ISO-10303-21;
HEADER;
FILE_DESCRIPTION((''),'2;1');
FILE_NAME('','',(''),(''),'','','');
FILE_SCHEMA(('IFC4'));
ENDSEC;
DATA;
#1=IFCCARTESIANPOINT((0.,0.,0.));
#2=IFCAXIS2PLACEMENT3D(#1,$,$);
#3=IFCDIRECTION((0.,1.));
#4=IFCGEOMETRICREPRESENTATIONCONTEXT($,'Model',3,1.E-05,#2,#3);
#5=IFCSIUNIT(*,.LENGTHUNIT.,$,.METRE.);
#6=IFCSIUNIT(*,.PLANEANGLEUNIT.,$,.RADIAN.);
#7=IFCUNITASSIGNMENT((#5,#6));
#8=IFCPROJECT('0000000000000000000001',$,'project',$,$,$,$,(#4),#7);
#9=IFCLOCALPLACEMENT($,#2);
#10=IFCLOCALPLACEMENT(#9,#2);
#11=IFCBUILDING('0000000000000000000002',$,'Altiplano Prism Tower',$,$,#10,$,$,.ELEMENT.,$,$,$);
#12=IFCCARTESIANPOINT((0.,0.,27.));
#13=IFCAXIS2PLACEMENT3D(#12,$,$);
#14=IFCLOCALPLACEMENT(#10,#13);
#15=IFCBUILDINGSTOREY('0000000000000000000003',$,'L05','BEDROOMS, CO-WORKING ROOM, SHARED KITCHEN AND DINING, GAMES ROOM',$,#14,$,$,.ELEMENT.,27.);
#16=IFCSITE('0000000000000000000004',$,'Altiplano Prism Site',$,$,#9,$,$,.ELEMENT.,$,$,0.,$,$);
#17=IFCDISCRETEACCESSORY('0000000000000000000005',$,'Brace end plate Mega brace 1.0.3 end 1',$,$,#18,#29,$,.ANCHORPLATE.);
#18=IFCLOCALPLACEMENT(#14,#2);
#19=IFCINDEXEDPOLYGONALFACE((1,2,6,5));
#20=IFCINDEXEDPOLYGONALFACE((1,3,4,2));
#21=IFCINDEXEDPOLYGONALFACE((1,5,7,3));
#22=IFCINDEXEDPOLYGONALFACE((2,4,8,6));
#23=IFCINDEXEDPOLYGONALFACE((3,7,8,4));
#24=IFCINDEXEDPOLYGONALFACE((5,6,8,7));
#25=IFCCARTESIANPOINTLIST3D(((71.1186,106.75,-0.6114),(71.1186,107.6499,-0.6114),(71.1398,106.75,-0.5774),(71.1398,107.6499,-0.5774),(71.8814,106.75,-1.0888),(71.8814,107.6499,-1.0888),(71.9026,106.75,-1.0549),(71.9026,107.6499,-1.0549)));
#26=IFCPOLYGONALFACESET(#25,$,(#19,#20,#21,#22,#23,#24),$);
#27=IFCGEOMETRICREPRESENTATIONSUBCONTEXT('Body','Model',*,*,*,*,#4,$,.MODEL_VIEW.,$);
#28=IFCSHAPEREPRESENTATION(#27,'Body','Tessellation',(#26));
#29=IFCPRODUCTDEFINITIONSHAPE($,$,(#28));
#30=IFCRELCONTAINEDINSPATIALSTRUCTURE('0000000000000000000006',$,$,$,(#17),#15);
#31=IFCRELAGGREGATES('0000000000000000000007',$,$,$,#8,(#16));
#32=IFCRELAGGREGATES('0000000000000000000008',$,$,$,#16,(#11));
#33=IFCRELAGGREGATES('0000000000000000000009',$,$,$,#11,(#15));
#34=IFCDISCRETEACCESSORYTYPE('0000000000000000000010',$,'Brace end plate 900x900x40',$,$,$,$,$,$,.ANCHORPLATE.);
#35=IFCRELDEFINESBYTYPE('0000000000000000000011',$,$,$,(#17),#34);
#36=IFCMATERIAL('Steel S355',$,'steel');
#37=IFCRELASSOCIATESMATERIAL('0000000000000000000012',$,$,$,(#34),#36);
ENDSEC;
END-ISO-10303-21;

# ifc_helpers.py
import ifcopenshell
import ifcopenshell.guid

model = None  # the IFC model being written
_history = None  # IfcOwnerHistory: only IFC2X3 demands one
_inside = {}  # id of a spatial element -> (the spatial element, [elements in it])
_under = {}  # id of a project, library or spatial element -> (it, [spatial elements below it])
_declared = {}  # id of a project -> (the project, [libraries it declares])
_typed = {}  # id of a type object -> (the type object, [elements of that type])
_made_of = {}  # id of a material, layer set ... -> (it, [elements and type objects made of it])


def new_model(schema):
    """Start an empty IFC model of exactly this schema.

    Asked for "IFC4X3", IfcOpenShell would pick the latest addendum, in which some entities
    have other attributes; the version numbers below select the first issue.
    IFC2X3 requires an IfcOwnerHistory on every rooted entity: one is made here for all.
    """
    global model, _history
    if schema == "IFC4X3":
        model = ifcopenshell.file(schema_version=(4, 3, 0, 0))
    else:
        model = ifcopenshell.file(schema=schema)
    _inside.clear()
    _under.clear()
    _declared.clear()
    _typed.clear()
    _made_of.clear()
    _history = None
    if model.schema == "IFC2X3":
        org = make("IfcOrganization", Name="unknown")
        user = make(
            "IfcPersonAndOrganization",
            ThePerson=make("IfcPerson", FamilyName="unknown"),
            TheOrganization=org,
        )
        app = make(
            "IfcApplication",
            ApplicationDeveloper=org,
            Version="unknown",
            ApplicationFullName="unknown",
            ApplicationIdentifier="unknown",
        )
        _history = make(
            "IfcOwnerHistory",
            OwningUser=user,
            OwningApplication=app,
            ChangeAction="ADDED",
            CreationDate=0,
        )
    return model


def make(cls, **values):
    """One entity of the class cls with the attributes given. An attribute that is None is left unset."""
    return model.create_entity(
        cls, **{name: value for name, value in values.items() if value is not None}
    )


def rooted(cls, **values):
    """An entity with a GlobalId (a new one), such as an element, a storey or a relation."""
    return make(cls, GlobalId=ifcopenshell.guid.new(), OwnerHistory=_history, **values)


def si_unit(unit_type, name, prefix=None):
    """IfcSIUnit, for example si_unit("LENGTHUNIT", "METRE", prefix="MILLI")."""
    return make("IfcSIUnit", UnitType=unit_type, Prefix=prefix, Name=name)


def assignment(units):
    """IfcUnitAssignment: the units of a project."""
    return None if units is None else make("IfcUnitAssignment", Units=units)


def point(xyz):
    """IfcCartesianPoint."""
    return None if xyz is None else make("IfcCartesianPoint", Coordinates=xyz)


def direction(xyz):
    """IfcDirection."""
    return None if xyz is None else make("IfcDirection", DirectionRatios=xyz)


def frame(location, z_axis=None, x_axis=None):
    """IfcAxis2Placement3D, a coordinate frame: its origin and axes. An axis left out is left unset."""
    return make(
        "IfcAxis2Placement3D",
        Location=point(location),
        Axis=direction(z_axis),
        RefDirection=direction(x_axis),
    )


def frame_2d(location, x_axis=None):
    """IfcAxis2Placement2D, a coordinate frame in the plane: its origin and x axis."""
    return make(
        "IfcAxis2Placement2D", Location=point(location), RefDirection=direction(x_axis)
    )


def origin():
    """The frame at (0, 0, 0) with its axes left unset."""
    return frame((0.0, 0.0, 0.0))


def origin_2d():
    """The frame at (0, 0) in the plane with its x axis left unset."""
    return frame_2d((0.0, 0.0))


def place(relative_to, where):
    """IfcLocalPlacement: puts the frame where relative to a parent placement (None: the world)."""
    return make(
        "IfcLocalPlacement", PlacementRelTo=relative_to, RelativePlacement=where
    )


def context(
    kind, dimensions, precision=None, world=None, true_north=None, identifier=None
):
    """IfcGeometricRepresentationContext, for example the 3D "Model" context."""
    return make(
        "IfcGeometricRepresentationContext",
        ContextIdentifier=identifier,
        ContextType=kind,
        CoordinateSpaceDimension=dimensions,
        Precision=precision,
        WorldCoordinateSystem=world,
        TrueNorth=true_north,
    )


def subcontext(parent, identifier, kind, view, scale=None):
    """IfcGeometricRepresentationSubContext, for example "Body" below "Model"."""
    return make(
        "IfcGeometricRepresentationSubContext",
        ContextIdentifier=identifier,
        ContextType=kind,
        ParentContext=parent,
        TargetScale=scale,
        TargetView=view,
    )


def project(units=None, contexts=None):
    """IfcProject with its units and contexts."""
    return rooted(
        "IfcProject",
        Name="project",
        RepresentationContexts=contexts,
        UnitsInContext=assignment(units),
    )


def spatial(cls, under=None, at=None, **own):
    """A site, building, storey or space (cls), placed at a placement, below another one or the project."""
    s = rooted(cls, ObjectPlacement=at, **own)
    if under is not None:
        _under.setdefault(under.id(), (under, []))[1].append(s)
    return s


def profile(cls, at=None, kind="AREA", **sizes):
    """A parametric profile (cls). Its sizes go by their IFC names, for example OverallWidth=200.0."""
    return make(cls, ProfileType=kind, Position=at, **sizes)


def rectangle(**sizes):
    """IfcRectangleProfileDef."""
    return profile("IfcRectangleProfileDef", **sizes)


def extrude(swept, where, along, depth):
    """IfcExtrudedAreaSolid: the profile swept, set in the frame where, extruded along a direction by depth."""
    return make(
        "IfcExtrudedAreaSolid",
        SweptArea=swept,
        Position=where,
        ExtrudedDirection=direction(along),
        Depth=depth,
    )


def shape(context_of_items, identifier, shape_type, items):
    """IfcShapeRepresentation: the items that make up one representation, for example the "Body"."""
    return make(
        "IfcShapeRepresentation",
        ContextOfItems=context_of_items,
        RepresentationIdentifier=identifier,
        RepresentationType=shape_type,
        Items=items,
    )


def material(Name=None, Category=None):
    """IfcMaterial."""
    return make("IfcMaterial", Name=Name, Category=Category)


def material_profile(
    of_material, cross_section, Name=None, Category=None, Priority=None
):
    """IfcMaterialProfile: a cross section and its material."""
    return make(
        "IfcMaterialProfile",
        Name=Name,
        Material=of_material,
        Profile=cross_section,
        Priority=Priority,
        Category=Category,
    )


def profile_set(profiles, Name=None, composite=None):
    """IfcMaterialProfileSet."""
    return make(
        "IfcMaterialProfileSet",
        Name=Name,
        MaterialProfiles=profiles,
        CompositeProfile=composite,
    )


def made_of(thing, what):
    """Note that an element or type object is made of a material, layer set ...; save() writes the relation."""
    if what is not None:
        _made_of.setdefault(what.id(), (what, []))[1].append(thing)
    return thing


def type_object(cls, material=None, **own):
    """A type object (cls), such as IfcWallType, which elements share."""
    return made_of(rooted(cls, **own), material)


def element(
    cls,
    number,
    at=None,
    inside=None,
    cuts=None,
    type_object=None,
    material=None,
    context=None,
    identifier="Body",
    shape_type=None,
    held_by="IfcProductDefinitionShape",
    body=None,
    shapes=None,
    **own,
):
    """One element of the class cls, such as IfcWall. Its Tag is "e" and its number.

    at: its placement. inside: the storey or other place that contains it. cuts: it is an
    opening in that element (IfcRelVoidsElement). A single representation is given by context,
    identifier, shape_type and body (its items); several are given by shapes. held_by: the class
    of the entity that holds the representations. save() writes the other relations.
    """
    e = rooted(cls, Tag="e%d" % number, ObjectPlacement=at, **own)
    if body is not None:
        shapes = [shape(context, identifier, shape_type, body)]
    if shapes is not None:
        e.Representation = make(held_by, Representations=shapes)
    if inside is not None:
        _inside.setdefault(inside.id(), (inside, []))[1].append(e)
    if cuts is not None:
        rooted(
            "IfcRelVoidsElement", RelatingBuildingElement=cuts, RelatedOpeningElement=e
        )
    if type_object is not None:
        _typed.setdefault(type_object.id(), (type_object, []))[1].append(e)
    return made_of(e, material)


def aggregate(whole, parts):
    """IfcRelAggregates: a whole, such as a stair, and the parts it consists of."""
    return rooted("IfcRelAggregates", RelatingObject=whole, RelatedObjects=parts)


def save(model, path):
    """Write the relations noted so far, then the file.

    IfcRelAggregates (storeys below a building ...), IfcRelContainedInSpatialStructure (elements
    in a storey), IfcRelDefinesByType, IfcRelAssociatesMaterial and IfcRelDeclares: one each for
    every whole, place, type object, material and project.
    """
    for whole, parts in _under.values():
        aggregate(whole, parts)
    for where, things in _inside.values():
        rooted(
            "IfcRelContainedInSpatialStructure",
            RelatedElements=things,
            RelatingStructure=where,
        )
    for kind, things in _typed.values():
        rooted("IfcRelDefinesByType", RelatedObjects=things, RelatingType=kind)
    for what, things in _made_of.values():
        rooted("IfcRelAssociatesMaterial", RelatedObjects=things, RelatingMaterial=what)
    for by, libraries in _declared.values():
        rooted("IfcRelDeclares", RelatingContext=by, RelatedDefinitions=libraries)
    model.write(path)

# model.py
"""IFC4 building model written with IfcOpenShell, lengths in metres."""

from ifc_helpers import new_model, si_unit, direction, frame, origin, origin_2d, place, context, subcontext, project, spatial, rectangle, extrude, material, material_profile, profile_set, type_object, element, save


model = new_model("IFC4")

# Units and contexts
model_context = context("Model", 3, precision=1e-05, world=origin(), true_north=direction((0.0, 1.0)))
body_context = subcontext(model_context, "Body", "Model", "MODEL_VIEW")
ifc_project = project(units=[si_unit("LENGTHUNIT", "METRE"), si_unit("PLANEANGLEUNIT", "RADIAN")], contexts=[model_context])

# Site, building, storey
site_placement = place(None, origin())
site = spatial("IfcSite", under=ifc_project, at=site_placement, Name="Altiplano Prism Site", CompositionType="ELEMENT", RefElevation=0.0)
building_placement = place(site_placement, origin())
building = spatial("IfcBuilding", under=site, at=building_placement, Name="Altiplano Prism Tower", CompositionType="ELEMENT")
storey_placement = place(building_placement, frame((0.0, 0.0, 27.0)))
storey = spatial("IfcBuildingStorey", under=building, at=storey_placement, Name="L05", Description="BEDROOMS, CO-WORKING ROOM, SHARED KITCHEN AND DINING, GAMES ROOM", CompositionType="ELEMENT", Elevation=27.0)

# Shared definitions
ifc_material_1 = material(Name="Steel S355", Category="steel")

# Discrete accessory
ifc_material_profile_1 = material_profile(ifc_material_1, rectangle(XDim=0.8999, YDim=0.8999, at=origin_2d()), Name="Brace end plate 900x900x40")
ifc_profile_set_1 = profile_set([ifc_material_profile_1], Name="Steel S355")
discrete_accessory_type = type_object("IfcDiscreteAccessoryType", Name="Brace end plate 900x900x40", PredefinedType="ANCHORPLATE", material=ifc_profile_set_1)
discrete_accessory_placement = place(storey_placement, frame((71.5, 107.2, -0.8501), z_axis=(0.530547, 0.0, 0.847656), x_axis=(0.0, 1.0, 0.0)))
element("IfcDiscreteAccessory", 1, at=discrete_accessory_placement, inside=storey, type_object=discrete_accessory_type, Name="Brace end plate Mega brace 1.0.3 end 1", PredefinedType="ANCHORPLATE", context=body_context, shape_type="SweptSolid", body=[
    extrude(rectangle(XDim=0.8999, YDim=0.8999, at=origin_2d()), origin(), (0.0, 0.0, 1.0), 0.04),
])

save(model, "model.ifc")
